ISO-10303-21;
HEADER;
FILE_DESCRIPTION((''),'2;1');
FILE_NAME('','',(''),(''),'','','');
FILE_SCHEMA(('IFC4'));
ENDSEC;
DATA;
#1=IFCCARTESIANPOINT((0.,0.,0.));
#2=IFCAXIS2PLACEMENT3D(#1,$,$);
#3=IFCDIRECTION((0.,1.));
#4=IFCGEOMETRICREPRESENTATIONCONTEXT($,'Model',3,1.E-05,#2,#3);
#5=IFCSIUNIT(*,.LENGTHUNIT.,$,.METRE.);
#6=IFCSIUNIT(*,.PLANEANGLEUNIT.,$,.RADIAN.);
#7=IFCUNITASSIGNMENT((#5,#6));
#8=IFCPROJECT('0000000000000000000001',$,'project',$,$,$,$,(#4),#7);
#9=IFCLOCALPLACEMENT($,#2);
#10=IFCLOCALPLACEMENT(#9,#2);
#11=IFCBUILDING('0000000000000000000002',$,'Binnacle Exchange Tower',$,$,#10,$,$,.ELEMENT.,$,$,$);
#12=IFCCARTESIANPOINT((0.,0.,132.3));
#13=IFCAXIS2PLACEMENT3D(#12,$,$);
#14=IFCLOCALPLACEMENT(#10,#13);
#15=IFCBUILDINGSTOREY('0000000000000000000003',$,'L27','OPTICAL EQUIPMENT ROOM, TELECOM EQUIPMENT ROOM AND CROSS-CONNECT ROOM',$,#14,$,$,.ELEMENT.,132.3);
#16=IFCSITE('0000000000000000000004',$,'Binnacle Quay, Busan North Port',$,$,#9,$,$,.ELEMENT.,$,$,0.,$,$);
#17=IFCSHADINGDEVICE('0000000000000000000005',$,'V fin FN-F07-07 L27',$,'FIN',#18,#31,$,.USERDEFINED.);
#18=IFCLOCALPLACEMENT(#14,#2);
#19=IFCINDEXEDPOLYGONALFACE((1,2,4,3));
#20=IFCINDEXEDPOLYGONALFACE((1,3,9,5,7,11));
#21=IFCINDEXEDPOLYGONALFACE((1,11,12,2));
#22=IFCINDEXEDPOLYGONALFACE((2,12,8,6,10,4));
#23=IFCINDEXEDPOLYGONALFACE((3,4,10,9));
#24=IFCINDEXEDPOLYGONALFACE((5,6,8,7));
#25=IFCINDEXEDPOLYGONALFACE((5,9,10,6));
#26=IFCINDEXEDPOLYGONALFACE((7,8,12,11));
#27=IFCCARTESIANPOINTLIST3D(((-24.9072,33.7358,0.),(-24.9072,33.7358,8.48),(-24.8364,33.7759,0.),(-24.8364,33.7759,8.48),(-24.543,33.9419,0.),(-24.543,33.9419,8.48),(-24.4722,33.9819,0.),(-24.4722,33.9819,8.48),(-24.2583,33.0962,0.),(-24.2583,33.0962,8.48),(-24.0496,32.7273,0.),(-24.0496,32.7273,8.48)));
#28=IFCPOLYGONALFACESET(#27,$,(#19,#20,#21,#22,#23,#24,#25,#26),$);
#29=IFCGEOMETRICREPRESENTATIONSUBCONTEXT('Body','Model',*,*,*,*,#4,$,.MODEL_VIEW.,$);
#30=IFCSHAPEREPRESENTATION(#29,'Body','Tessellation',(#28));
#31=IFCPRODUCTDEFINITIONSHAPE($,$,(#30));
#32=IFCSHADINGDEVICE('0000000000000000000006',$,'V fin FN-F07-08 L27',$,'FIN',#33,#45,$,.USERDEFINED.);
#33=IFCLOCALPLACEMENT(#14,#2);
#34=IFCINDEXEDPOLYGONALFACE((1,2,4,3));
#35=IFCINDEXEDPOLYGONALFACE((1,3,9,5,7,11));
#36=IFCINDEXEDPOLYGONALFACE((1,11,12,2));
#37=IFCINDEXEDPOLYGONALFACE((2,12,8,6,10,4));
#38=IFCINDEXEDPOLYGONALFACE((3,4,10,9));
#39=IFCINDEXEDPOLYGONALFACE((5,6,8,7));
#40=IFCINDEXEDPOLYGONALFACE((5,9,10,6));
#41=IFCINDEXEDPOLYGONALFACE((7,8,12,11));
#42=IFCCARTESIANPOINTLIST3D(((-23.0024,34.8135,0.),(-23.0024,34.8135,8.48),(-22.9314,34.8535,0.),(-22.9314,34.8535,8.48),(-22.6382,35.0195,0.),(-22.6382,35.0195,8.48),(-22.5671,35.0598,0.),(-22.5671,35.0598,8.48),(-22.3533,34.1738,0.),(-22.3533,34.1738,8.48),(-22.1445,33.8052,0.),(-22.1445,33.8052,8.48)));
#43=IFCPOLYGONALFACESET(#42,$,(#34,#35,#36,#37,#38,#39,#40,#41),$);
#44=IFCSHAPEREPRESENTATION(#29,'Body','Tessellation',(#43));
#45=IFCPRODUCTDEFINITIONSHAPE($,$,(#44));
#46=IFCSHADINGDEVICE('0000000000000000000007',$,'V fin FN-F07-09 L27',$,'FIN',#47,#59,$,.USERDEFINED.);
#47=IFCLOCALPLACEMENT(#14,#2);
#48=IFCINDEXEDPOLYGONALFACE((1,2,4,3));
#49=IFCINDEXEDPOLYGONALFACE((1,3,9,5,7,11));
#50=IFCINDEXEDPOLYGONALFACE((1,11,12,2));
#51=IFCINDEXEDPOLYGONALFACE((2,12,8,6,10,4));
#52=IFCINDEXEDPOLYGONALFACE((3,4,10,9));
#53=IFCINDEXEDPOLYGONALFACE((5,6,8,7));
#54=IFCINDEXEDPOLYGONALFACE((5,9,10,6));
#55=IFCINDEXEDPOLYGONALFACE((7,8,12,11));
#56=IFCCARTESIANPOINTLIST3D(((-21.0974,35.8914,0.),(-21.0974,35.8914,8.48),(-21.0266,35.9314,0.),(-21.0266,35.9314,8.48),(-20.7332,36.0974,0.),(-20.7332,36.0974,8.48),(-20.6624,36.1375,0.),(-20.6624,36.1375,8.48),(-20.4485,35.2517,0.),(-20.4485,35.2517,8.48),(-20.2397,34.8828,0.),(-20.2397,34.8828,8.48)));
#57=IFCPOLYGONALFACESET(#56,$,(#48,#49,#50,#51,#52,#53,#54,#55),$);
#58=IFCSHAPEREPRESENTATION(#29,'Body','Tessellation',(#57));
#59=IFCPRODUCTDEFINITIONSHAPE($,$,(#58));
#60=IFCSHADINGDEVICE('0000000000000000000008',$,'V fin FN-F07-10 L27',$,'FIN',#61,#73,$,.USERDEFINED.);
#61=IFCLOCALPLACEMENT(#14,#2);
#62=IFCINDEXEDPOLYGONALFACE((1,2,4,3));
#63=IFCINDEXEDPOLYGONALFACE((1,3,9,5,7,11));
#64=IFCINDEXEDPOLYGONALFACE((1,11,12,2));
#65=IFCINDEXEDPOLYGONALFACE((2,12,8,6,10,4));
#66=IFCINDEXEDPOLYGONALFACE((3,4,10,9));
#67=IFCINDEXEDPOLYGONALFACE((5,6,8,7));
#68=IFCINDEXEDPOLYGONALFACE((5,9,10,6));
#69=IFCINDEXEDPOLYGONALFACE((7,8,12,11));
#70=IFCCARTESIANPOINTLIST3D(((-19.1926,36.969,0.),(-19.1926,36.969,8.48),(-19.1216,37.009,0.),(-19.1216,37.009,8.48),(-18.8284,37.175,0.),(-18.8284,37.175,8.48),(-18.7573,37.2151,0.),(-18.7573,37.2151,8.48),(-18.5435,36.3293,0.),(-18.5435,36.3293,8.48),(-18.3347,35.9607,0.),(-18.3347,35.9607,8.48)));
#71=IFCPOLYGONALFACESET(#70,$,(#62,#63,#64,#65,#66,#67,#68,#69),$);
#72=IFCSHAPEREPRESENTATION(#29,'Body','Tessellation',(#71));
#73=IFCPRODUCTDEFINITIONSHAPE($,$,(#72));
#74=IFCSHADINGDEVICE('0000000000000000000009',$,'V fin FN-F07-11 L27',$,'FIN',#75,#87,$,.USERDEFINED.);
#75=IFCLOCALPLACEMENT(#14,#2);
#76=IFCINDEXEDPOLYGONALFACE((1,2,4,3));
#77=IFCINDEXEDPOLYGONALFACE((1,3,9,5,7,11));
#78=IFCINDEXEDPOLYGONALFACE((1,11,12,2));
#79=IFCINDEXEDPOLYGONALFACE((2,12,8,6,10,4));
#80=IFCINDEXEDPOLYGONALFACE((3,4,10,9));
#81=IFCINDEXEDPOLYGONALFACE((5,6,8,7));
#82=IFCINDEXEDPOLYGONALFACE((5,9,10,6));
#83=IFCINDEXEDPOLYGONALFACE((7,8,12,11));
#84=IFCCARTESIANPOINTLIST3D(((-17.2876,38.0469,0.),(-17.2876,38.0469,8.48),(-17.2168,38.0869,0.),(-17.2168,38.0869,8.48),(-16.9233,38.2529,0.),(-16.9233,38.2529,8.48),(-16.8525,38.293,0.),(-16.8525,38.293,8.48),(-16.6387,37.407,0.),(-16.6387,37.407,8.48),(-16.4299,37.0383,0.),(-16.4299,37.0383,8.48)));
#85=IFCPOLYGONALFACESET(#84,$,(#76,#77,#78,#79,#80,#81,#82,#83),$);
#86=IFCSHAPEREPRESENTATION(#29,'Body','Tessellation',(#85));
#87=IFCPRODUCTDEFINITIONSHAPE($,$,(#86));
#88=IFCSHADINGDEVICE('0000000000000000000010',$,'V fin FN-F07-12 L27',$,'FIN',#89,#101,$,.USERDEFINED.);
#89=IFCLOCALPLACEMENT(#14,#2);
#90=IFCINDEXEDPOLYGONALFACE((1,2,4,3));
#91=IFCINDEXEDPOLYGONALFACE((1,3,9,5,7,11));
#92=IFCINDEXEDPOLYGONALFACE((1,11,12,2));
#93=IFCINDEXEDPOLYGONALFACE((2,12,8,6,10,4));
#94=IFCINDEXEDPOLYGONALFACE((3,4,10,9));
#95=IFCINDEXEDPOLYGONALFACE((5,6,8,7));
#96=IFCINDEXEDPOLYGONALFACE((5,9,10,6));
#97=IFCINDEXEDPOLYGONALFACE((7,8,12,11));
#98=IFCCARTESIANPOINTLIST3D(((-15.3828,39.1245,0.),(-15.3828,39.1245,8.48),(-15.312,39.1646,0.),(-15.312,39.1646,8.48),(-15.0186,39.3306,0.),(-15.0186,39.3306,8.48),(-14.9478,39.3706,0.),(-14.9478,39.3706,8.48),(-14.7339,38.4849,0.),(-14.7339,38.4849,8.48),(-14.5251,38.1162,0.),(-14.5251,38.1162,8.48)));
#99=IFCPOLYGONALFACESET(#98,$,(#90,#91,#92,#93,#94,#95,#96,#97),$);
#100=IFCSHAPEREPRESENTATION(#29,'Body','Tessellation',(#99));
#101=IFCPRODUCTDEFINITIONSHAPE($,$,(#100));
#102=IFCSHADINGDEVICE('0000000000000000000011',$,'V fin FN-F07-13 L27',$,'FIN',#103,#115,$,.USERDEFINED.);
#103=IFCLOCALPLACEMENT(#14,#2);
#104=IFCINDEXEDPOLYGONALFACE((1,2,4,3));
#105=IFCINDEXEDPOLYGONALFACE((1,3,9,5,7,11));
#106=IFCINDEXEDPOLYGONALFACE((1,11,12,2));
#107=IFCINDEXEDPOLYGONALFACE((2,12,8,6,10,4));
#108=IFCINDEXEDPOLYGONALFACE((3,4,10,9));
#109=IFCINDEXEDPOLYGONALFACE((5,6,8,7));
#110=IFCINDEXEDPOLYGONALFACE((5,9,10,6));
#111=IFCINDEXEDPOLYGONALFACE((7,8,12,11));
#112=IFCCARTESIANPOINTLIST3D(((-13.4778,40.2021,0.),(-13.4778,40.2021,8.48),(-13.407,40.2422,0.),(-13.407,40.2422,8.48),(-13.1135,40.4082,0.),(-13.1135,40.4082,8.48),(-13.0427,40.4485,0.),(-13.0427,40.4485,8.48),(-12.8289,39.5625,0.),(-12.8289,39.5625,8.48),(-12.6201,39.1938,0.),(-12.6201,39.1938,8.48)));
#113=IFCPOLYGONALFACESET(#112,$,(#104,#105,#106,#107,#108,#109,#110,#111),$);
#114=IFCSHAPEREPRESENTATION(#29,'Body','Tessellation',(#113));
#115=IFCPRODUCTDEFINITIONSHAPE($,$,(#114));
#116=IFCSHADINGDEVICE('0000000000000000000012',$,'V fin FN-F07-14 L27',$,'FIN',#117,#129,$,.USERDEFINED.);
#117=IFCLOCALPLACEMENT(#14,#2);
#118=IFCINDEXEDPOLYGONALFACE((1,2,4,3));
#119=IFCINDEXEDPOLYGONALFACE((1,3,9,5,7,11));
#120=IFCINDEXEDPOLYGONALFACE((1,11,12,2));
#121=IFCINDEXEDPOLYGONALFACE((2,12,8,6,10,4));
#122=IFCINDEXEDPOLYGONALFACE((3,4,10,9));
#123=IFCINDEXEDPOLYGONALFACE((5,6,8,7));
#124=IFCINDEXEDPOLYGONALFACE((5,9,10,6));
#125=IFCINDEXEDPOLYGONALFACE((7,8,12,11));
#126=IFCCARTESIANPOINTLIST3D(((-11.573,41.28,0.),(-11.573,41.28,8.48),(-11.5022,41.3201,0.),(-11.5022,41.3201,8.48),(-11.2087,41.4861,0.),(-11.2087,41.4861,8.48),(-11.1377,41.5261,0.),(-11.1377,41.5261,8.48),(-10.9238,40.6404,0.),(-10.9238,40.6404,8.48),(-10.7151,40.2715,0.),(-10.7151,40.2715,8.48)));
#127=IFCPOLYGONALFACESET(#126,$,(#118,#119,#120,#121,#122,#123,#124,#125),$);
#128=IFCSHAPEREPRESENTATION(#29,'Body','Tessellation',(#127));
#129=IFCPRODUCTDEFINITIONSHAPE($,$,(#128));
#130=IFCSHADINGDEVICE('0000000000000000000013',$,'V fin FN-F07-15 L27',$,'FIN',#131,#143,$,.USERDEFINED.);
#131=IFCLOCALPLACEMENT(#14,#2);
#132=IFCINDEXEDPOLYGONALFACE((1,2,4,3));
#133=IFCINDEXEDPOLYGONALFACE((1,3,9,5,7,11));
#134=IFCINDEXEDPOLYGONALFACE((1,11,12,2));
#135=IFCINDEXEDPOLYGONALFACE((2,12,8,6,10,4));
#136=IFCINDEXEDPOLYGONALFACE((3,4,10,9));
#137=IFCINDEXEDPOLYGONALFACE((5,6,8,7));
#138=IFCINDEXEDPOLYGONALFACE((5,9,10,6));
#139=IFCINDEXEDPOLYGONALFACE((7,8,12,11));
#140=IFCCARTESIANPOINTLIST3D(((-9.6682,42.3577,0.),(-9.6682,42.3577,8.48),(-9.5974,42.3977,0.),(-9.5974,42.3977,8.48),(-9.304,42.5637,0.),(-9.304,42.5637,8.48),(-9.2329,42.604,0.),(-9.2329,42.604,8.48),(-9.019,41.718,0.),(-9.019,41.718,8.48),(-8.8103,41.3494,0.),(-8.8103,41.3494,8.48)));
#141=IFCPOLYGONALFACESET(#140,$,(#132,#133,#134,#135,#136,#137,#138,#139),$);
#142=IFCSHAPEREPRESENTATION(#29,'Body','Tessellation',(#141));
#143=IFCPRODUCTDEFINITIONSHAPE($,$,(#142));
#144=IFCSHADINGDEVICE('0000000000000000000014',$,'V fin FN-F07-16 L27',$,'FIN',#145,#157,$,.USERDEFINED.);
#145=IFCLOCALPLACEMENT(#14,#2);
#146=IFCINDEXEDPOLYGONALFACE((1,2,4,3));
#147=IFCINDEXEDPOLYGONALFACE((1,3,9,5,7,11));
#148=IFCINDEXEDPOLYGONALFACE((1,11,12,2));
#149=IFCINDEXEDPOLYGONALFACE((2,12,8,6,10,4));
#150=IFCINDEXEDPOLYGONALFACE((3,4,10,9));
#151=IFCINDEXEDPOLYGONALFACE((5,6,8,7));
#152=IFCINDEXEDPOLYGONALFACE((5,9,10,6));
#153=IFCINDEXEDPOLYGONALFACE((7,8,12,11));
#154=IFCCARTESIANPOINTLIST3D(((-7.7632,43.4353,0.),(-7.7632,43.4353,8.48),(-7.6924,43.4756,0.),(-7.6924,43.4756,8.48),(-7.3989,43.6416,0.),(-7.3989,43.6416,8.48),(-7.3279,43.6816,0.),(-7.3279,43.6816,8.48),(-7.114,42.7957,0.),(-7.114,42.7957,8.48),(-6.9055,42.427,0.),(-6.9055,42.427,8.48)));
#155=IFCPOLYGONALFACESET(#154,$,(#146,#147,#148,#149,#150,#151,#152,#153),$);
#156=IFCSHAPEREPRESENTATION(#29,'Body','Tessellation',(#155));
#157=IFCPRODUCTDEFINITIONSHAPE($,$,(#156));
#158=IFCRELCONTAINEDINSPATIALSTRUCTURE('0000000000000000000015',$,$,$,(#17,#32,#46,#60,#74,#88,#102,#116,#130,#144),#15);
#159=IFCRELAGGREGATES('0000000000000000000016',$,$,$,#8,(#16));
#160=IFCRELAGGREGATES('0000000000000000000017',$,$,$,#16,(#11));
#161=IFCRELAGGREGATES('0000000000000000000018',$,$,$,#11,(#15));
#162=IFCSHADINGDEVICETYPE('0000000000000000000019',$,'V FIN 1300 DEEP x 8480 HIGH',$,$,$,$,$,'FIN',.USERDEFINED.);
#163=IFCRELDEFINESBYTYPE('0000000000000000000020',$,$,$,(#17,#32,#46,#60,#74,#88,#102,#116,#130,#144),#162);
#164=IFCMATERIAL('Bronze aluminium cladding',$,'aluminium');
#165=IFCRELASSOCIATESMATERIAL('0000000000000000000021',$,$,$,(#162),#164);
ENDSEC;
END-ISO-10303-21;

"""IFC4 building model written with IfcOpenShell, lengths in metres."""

from ifc_helpers import new_model, si_unit, direction, frame, origin, place, context, subcontext, project, spatial, polyline, outline, extrude, material, type_object, element, save


model = new_model("IFC4")

# Units and contexts
model_context = context("Model", 3, precision=1e-05, world=origin(), true_north=direction((0.0, 1.0)))
body_context = subcontext(model_context, "Body", "Model", "MODEL_VIEW")
ifc_project = project(units=[si_unit("LENGTHUNIT", "METRE"), si_unit("PLANEANGLEUNIT", "RADIAN")], contexts=[model_context])

# Site, building, storey
site_placement = place(None, origin())
site = spatial("IfcSite", under=ifc_project, at=site_placement, Name="Binnacle Quay, Busan North Port", CompositionType="ELEMENT", RefElevation=0.0)
building_placement = place(site_placement, origin())
building = spatial("IfcBuilding", under=site, at=building_placement, Name="Binnacle Exchange Tower", CompositionType="ELEMENT")
storey_placement = place(building_placement, frame((0.0, 0.0, 132.3)))
storey = spatial("IfcBuildingStorey", under=building, at=storey_placement, Name="L27", Description="OPTICAL EQUIPMENT ROOM, TELECOM EQUIPMENT ROOM AND CROSS-CONNECT ROOM", CompositionType="ELEMENT", Elevation=132.3)

# Shading devices
ifc_material = material(Name="Bronze aluminium cladding", Category="aluminium")
shading_device_type = type_object("IfcShadingDeviceType", Name="V FIN 1300 DEEP x 8480 HIGH", ElementType="FIN", PredefinedType="USERDEFINED", material=ifc_material)
shading_device_1_placement = place(storey_placement, origin())
element("IfcShadingDevice", 1, at=shading_device_1_placement, inside=storey, type_object=shading_device_type, Name="V fin FN-F07-07 L27", ObjectType="FIN", PredefinedType="USERDEFINED", context=body_context, shape_type="SweptSolid", body=[
    extrude(outline(polyline([(-24.9072, 33.7358), (-24.0496, 32.7273), (-24.4722, 33.9819), (-24.543, 33.9419), (-24.2583, 33.0962), (-24.8364, 33.7759), (-24.9072, 33.7358)])), origin(), (0.0, 0.0, 1.0), 8.48),
])
shading_device_2_placement = place(storey_placement, origin())
element("IfcShadingDevice", 2, at=shading_device_2_placement, inside=storey, type_object=shading_device_type, Name="V fin FN-F07-08 L27", ObjectType="FIN", PredefinedType="USERDEFINED", context=body_context, shape_type="SweptSolid", body=[
    extrude(outline(polyline([(-23.0024, 34.8135), (-22.1445, 33.8052), (-22.5671, 35.0598), (-22.6382, 35.0195), (-22.3533, 34.1738), (-22.9314, 34.8535), (-23.0024, 34.8135)])), origin(), (0.0, 0.0, 1.0), 8.48),
])
shading_device_3_placement = place(storey_placement, origin())
element("IfcShadingDevice", 3, at=shading_device_3_placement, inside=storey, type_object=shading_device_type, Name="V fin FN-F07-09 L27", ObjectType="FIN", PredefinedType="USERDEFINED", context=body_context, shape_type="SweptSolid", body=[
    extrude(outline(polyline([(-21.0974, 35.8914), (-20.2397, 34.8828), (-20.6624, 36.1375), (-20.7332, 36.0974), (-20.4485, 35.2517), (-21.0266, 35.9314), (-21.0974, 35.8914)])), origin(), (0.0, 0.0, 1.0), 8.48),
])
shading_device_4_placement = place(storey_placement, origin())
element("IfcShadingDevice", 4, at=shading_device_4_placement, inside=storey, type_object=shading_device_type, Name="V fin FN-F07-10 L27", ObjectType="FIN", PredefinedType="USERDEFINED", context=body_context, shape_type="SweptSolid", body=[
    extrude(outline(polyline([(-19.1926, 36.969), (-18.3347, 35.9607), (-18.7573, 37.2151), (-18.8284, 37.175), (-18.5435, 36.3293), (-19.1216, 37.009), (-19.1926, 36.969)])), origin(), (0.0, 0.0, 1.0), 8.48),
])
shading_device_5_placement = place(storey_placement, origin())
element("IfcShadingDevice", 5, at=shading_device_5_placement, inside=storey, type_object=shading_device_type, Name="V fin FN-F07-11 L27", ObjectType="FIN", PredefinedType="USERDEFINED", context=body_context, shape_type="SweptSolid", body=[
    extrude(outline(polyline([(-17.2876, 38.0469), (-16.4299, 37.0383), (-16.8525, 38.293), (-16.9233, 38.2529), (-16.6387, 37.407), (-17.2168, 38.0869), (-17.2876, 38.0469)])), origin(), (0.0, 0.0, 1.0), 8.48),
])
shading_device_6_placement = place(storey_placement, origin())
element("IfcShadingDevice", 6, at=shading_device_6_placement, inside=storey, type_object=shading_device_type, Name="V fin FN-F07-12 L27", ObjectType="FIN", PredefinedType="USERDEFINED", context=body_context, shape_type="SweptSolid", body=[
    extrude(outline(polyline([(-15.3828, 39.1245), (-14.5251, 38.1162), (-14.9478, 39.3706), (-15.0186, 39.3306), (-14.7339, 38.4849), (-15.312, 39.1646), (-15.3828, 39.1245)])), origin(), (0.0, 0.0, 1.0), 8.48),
])
shading_device_7_placement = place(storey_placement, origin())
element("IfcShadingDevice", 7, at=shading_device_7_placement, inside=storey, type_object=shading_device_type, Name="V fin FN-F07-13 L27", ObjectType="FIN", PredefinedType="USERDEFINED", context=body_context, shape_type="SweptSolid", body=[
    extrude(outline(polyline([(-13.4778, 40.2021), (-12.6201, 39.1938), (-13.0427, 40.4485), (-13.1135, 40.4082), (-12.8289, 39.5625), (-13.407, 40.2422), (-13.4778, 40.2021)])), origin(), (0.0, 0.0, 1.0), 8.48),
])
shading_device_8_placement = place(storey_placement, origin())
element("IfcShadingDevice", 8, at=shading_device_8_placement, inside=storey, type_object=shading_device_type, Name="V fin FN-F07-14 L27", ObjectType="FIN", PredefinedType="USERDEFINED", context=body_context, shape_type="SweptSolid", body=[
    extrude(outline(polyline([(-11.573, 41.28), (-10.7151, 40.2715), (-11.1377, 41.5261), (-11.2087, 41.4861), (-10.9238, 40.6404), (-11.5022, 41.3201), (-11.573, 41.28)])), origin(), (0.0, 0.0, 1.0), 8.48),
])
shading_device_9_placement = place(storey_placement, origin())
element("IfcShadingDevice", 9, at=shading_device_9_placement, inside=storey, type_object=shading_device_type, Name="V fin FN-F07-15 L27", ObjectType="FIN", PredefinedType="USERDEFINED", context=body_context, shape_type="SweptSolid", body=[
    extrude(outline(polyline([(-9.6682, 42.3577), (-8.8103, 41.3494), (-9.2329, 42.604), (-9.304, 42.5637), (-9.019, 41.718), (-9.5974, 42.3977), (-9.6682, 42.3577)])), origin(), (0.0, 0.0, 1.0), 8.48),
])
shading_device_10_placement = place(storey_placement, origin())
element("IfcShadingDevice", 10, at=shading_device_10_placement, inside=storey, type_object=shading_device_type, Name="V fin FN-F07-16 L27", ObjectType="FIN", PredefinedType="USERDEFINED", context=body_context, shape_type="SweptSolid", body=[
    extrude(outline(polyline([(-7.7632, 43.4353), (-6.9055, 42.427), (-7.3279, 43.6816), (-7.3989, 43.6416), (-7.114, 42.7957), (-7.6924, 43.4756), (-7.7632, 43.4353)])), origin(), (0.0, 0.0, 1.0), 8.48),
])

save(model, "model.ifc")
